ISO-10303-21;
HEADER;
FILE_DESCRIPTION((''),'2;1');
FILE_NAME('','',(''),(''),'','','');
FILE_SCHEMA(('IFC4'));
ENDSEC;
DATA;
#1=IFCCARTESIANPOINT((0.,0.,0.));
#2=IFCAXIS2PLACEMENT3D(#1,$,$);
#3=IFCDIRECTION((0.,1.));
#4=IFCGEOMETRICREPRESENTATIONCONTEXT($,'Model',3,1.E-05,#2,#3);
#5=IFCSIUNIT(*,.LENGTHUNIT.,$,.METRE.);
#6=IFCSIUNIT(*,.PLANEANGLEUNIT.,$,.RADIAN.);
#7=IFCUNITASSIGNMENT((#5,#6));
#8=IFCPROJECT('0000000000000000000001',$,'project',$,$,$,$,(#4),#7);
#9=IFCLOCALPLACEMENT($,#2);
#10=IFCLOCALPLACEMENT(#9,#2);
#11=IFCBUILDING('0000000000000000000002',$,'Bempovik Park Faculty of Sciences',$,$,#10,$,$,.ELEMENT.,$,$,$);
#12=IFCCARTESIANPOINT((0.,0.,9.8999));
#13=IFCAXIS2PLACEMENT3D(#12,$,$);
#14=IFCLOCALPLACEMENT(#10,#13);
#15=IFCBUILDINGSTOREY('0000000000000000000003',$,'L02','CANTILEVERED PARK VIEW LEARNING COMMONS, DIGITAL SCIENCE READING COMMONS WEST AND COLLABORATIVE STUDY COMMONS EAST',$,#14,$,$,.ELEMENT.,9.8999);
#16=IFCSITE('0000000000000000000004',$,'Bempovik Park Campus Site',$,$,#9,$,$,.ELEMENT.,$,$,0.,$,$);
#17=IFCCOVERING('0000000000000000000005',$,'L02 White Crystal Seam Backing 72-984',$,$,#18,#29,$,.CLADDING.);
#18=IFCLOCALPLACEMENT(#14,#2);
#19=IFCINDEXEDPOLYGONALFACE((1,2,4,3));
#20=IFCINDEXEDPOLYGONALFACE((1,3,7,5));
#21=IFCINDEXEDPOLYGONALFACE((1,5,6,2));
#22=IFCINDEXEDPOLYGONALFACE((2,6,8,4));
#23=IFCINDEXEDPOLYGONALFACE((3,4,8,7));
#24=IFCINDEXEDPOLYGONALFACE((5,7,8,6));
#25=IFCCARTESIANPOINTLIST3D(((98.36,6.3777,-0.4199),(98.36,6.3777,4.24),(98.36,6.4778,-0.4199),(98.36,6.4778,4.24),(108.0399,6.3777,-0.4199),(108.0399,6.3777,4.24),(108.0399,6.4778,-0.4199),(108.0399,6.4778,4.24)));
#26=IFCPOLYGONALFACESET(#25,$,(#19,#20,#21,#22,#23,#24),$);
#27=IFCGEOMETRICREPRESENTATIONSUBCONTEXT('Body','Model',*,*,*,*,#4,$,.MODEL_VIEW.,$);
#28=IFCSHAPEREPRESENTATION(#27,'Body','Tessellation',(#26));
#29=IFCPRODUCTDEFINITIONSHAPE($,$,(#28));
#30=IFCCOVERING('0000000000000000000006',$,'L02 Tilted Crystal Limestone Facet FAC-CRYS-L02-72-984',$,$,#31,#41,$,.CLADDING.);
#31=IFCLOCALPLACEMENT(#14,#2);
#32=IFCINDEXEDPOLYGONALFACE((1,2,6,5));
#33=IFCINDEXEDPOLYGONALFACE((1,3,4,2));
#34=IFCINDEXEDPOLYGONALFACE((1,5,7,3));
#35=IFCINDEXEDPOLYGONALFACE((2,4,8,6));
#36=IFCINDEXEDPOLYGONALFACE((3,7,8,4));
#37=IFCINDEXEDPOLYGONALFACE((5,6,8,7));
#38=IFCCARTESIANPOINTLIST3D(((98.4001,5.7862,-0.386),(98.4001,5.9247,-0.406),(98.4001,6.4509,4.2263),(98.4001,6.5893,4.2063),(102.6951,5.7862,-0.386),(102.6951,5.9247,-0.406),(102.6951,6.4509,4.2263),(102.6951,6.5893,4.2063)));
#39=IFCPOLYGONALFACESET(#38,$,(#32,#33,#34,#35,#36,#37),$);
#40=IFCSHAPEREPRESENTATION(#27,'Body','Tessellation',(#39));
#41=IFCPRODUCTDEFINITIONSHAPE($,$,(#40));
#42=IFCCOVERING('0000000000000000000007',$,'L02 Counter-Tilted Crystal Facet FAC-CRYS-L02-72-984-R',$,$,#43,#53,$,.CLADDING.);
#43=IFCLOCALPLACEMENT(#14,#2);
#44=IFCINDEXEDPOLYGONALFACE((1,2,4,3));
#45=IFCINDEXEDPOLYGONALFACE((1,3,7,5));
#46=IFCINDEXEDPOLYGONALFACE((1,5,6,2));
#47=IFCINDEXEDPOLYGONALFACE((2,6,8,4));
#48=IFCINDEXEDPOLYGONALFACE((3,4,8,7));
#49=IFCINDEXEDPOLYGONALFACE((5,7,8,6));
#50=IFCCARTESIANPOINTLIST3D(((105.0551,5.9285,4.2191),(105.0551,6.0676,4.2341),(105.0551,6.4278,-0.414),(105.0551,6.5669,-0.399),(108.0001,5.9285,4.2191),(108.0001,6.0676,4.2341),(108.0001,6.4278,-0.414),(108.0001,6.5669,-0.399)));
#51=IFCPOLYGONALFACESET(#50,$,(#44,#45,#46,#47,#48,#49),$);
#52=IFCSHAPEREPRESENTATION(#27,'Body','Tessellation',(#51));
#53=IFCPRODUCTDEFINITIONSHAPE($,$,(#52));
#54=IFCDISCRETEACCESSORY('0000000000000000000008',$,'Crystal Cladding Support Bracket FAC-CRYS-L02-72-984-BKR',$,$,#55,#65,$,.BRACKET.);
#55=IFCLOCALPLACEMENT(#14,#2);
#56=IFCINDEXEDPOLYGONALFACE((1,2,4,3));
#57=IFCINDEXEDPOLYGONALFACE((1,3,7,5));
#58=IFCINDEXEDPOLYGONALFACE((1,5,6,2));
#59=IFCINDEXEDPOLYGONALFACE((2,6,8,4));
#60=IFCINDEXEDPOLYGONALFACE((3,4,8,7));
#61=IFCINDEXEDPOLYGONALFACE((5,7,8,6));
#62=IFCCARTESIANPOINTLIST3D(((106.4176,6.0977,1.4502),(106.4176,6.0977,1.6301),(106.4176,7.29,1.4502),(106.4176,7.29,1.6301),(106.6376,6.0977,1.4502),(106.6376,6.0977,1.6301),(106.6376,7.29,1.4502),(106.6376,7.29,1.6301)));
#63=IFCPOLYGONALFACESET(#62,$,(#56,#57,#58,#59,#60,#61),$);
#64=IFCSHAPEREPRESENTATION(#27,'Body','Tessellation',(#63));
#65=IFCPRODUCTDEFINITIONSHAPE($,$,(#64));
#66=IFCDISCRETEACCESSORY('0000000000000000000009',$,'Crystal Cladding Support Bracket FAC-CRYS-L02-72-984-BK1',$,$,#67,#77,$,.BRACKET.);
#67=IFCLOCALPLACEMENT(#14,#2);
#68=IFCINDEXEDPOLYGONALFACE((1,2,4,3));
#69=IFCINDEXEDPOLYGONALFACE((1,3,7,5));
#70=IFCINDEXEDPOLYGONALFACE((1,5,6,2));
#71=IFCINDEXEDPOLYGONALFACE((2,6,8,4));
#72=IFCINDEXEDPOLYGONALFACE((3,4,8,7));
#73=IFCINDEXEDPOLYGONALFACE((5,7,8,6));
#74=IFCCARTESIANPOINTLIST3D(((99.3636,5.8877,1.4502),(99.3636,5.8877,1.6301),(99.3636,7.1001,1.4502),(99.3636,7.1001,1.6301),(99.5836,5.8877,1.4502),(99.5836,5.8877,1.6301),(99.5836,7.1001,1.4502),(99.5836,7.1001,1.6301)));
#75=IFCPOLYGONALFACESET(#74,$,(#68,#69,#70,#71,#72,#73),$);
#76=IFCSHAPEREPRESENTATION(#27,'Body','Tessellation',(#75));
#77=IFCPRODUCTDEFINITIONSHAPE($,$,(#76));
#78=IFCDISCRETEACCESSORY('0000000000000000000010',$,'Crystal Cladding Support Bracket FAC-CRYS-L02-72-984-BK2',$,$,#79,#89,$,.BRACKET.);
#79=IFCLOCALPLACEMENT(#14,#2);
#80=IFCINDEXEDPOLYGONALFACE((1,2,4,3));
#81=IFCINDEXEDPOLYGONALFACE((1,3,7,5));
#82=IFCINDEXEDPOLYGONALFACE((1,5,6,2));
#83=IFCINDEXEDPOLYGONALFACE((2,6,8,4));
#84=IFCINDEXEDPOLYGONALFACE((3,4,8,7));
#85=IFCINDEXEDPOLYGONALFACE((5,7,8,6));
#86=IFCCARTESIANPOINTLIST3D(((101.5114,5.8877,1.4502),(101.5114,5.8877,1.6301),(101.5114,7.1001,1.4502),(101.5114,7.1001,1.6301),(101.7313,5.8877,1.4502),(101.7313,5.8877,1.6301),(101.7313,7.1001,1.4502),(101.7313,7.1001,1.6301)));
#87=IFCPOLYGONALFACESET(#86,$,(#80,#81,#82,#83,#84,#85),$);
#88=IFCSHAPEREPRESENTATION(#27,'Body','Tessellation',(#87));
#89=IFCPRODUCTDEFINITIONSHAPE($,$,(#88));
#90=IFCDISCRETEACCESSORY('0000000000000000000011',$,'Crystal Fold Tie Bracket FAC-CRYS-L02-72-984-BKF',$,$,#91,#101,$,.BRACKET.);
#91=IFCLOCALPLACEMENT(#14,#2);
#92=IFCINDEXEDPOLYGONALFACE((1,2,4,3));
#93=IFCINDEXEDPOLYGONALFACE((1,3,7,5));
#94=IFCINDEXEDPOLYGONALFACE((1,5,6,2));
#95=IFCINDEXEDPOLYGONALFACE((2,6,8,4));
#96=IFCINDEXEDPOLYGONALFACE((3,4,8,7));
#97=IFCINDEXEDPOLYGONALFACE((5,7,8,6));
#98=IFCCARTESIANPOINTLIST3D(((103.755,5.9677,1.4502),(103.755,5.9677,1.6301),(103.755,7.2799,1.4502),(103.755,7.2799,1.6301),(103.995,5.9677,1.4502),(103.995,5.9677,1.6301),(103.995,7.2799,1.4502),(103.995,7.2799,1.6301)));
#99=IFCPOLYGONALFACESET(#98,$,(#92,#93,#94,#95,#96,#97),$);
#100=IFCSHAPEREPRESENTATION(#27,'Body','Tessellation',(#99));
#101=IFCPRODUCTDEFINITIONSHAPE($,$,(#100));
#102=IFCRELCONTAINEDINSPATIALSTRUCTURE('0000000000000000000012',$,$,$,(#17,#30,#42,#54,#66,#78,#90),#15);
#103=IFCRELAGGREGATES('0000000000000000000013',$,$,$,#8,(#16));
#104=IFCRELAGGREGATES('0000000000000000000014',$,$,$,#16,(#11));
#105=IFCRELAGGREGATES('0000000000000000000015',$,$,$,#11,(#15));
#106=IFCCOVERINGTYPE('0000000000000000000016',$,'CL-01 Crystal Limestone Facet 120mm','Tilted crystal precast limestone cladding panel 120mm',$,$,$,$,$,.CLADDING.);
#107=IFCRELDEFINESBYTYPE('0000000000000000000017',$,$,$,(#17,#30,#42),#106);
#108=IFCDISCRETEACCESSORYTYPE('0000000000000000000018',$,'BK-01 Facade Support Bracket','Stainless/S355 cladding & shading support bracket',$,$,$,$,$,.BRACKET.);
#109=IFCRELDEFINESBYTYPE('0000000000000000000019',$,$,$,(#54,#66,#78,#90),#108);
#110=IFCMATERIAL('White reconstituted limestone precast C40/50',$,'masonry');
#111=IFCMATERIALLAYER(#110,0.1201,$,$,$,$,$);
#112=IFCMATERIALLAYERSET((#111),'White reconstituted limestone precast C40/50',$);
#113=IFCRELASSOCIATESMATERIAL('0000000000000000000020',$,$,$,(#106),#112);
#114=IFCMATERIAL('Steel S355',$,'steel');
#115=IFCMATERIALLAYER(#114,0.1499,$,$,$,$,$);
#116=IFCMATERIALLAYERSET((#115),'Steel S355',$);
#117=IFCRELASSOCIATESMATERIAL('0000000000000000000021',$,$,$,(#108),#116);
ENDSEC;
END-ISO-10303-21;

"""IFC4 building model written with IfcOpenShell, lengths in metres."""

from ifc_helpers import new_model, si_unit, direction, frame, origin, origin_2d, place, context, subcontext, project, spatial, rectangle, extrude, material, layer, layer_set, type_object, element, save


model = new_model("IFC4")

# Units and contexts
model_context = context("Model", 3, precision=1e-05, world=origin(), true_north=direction((0.0, 1.0)))
body_context = subcontext(model_context, "Body", "Model", "MODEL_VIEW")
ifc_project = project(units=[si_unit("LENGTHUNIT", "METRE"), si_unit("PLANEANGLEUNIT", "RADIAN")], contexts=[model_context])

# Site, building, storey
site_placement = place(None, origin())
site = spatial("IfcSite", under=ifc_project, at=site_placement, Name="Bempovik Park Campus Site", CompositionType="ELEMENT", RefElevation=0.0)
building_placement = place(site_placement, origin())
building = spatial("IfcBuilding", under=site, at=building_placement, Name="Bempovik Park Faculty of Sciences", CompositionType="ELEMENT")
storey_placement = place(building_placement, frame((0.0, 0.0, 9.8999)))
storey = spatial("IfcBuildingStorey", under=building, at=storey_placement, Name="L02", Description="CANTILEVERED PARK VIEW LEARNING COMMONS, DIGITAL SCIENCE READING COMMONS WEST AND COLLABORATIVE STUDY COMMONS EAST", CompositionType="ELEMENT", Elevation=9.8999)

# Shared definitions
ifc_material_1 = material(Name="Steel S355", Category="steel")

# Coverings
ifc_material_2 = material(Name="White reconstituted limestone precast C40/50", Category="masonry")
ifc_layer_1 = layer(ifc_material_2, 0.1201)
ifc_layer_set_1 = layer_set([ifc_layer_1], Name="White reconstituted limestone precast C40/50")
covering_type = type_object("IfcCoveringType", Name="CL-01 Crystal Limestone Facet 120mm", Description="Tilted crystal precast limestone cladding panel 120mm", PredefinedType="CLADDING", material=ifc_layer_set_1)
covering_1_placement = place(storey_placement, frame((103.2, 6.4277, -0.4199), z_axis=(0.0, 0.0, 1.0), x_axis=(1.0, 0.0, 0.0)))
element("IfcCovering", 1, at=covering_1_placement, inside=storey, type_object=covering_type, Name="L02 White Crystal Seam Backing 72-984", PredefinedType="CLADDING", context=body_context, shape_type="SweptSolid", body=[
    extrude(rectangle(XDim=9.6799, YDim=0.1001, at=origin_2d()), origin(), (0.0, 0.0, 1.0), 4.6599),
])
covering_2_placement = place(storey_placement, frame((100.5476, 5.8555, -0.396), z_axis=(0.0, 0.142629, 0.989776), x_axis=(1.0, 0.0, 0.0)))
element("IfcCovering", 2, at=covering_2_placement, inside=storey, type_object=covering_type, Name="L02 Tilted Crystal Limestone Facet FAC-CRYS-L02-72-984", PredefinedType="CLADDING", context=body_context, shape_type="SweptSolid", body=[
    extrude(rectangle(XDim=4.2949, YDim=0.1399, at=origin_2d()), origin(), (0.0, 0.0, 1.0), 4.6599),
])
covering_3_placement = place(storey_placement, frame((106.5276, 6.4973, -0.4065), z_axis=(0.0, -0.107132, 0.994245), x_axis=(1.0, 0.0, 0.0)))
element("IfcCovering", 3, at=covering_3_placement, inside=storey, type_object=covering_type, Name="L02 Counter-Tilted Crystal Facet FAC-CRYS-L02-72-984-R", PredefinedType="CLADDING", context=body_context, shape_type="SweptSolid", body=[
    extrude(rectangle(XDim=2.9451, YDim=0.1399, at=origin_2d()), origin(), (0.0, 0.0, 1.0), 4.6599),
])

# Discrete accessories
ifc_layer_2 = layer(ifc_material_1, 0.1499)
ifc_layer_set_2 = layer_set([ifc_layer_2], Name="Steel S355")
discrete_accessory_type = type_object("IfcDiscreteAccessoryType", Name="BK-01 Facade Support Bracket", Description="Stainless/S355 cladding & shading support bracket", PredefinedType="BRACKET", material=ifc_layer_set_2)
discrete_accessory_1_placement = place(storey_placement, frame((106.5276, 6.6938, 1.4502), z_axis=(0.0, 0.0, 1.0), x_axis=(1.0, 0.0, 0.0)))
element("IfcDiscreteAccessory", 4, at=discrete_accessory_1_placement, inside=storey, type_object=discrete_accessory_type, Name="Crystal Cladding Support Bracket FAC-CRYS-L02-72-984-BKR", PredefinedType="BRACKET", context=body_context, shape_type="SweptSolid", body=[
    extrude(rectangle(XDim=0.22, YDim=1.1924, at=origin_2d()), origin(), (0.0, 0.0, 1.0), 0.1799),
])
for number, where, z_axis, x_axis, name in (
    (5, (99.4736, 6.4939, 1.4502), (0.0, 0.0, 1.0), (1.0, 0.0, 0.0), "Crystal Cladding Support Bracket FAC-CRYS-L02-72-984-BK1"),
    (6, (101.6213, 6.4939, 1.4502), (0.0, 0.0, 1.0), (1.0, 0.0, 0.0), "Crystal Cladding Support Bracket FAC-CRYS-L02-72-984-BK2"),
):
    element("IfcDiscreteAccessory", number, at=place(storey_placement, frame(where, z_axis=z_axis, x_axis=x_axis)), inside=storey, type_object=discrete_accessory_type, Name=name, PredefinedType="BRACKET", context=body_context, shape_type="SweptSolid", body=[
        extrude(rectangle(XDim=0.22, YDim=1.2124, at=origin_2d()), origin(), (0.0, 0.0, 1.0), 0.1799),
    ])
discrete_accessory_2_placement = place(storey_placement, frame((103.875, 6.6238, 1.4502), z_axis=(0.0, 0.0, 1.0), x_axis=(1.0, 0.0, 0.0)))
element("IfcDiscreteAccessory", 7, at=discrete_accessory_2_placement, inside=storey, type_object=discrete_accessory_type, Name="Crystal Fold Tie Bracket FAC-CRYS-L02-72-984-BKF", PredefinedType="BRACKET", context=body_context, shape_type="SweptSolid", body=[
    extrude(rectangle(XDim=0.24, YDim=1.3123, at=origin_2d()), origin(), (0.0, 0.0, 1.0), 0.1799),
])

save(model, "model.ifc")
